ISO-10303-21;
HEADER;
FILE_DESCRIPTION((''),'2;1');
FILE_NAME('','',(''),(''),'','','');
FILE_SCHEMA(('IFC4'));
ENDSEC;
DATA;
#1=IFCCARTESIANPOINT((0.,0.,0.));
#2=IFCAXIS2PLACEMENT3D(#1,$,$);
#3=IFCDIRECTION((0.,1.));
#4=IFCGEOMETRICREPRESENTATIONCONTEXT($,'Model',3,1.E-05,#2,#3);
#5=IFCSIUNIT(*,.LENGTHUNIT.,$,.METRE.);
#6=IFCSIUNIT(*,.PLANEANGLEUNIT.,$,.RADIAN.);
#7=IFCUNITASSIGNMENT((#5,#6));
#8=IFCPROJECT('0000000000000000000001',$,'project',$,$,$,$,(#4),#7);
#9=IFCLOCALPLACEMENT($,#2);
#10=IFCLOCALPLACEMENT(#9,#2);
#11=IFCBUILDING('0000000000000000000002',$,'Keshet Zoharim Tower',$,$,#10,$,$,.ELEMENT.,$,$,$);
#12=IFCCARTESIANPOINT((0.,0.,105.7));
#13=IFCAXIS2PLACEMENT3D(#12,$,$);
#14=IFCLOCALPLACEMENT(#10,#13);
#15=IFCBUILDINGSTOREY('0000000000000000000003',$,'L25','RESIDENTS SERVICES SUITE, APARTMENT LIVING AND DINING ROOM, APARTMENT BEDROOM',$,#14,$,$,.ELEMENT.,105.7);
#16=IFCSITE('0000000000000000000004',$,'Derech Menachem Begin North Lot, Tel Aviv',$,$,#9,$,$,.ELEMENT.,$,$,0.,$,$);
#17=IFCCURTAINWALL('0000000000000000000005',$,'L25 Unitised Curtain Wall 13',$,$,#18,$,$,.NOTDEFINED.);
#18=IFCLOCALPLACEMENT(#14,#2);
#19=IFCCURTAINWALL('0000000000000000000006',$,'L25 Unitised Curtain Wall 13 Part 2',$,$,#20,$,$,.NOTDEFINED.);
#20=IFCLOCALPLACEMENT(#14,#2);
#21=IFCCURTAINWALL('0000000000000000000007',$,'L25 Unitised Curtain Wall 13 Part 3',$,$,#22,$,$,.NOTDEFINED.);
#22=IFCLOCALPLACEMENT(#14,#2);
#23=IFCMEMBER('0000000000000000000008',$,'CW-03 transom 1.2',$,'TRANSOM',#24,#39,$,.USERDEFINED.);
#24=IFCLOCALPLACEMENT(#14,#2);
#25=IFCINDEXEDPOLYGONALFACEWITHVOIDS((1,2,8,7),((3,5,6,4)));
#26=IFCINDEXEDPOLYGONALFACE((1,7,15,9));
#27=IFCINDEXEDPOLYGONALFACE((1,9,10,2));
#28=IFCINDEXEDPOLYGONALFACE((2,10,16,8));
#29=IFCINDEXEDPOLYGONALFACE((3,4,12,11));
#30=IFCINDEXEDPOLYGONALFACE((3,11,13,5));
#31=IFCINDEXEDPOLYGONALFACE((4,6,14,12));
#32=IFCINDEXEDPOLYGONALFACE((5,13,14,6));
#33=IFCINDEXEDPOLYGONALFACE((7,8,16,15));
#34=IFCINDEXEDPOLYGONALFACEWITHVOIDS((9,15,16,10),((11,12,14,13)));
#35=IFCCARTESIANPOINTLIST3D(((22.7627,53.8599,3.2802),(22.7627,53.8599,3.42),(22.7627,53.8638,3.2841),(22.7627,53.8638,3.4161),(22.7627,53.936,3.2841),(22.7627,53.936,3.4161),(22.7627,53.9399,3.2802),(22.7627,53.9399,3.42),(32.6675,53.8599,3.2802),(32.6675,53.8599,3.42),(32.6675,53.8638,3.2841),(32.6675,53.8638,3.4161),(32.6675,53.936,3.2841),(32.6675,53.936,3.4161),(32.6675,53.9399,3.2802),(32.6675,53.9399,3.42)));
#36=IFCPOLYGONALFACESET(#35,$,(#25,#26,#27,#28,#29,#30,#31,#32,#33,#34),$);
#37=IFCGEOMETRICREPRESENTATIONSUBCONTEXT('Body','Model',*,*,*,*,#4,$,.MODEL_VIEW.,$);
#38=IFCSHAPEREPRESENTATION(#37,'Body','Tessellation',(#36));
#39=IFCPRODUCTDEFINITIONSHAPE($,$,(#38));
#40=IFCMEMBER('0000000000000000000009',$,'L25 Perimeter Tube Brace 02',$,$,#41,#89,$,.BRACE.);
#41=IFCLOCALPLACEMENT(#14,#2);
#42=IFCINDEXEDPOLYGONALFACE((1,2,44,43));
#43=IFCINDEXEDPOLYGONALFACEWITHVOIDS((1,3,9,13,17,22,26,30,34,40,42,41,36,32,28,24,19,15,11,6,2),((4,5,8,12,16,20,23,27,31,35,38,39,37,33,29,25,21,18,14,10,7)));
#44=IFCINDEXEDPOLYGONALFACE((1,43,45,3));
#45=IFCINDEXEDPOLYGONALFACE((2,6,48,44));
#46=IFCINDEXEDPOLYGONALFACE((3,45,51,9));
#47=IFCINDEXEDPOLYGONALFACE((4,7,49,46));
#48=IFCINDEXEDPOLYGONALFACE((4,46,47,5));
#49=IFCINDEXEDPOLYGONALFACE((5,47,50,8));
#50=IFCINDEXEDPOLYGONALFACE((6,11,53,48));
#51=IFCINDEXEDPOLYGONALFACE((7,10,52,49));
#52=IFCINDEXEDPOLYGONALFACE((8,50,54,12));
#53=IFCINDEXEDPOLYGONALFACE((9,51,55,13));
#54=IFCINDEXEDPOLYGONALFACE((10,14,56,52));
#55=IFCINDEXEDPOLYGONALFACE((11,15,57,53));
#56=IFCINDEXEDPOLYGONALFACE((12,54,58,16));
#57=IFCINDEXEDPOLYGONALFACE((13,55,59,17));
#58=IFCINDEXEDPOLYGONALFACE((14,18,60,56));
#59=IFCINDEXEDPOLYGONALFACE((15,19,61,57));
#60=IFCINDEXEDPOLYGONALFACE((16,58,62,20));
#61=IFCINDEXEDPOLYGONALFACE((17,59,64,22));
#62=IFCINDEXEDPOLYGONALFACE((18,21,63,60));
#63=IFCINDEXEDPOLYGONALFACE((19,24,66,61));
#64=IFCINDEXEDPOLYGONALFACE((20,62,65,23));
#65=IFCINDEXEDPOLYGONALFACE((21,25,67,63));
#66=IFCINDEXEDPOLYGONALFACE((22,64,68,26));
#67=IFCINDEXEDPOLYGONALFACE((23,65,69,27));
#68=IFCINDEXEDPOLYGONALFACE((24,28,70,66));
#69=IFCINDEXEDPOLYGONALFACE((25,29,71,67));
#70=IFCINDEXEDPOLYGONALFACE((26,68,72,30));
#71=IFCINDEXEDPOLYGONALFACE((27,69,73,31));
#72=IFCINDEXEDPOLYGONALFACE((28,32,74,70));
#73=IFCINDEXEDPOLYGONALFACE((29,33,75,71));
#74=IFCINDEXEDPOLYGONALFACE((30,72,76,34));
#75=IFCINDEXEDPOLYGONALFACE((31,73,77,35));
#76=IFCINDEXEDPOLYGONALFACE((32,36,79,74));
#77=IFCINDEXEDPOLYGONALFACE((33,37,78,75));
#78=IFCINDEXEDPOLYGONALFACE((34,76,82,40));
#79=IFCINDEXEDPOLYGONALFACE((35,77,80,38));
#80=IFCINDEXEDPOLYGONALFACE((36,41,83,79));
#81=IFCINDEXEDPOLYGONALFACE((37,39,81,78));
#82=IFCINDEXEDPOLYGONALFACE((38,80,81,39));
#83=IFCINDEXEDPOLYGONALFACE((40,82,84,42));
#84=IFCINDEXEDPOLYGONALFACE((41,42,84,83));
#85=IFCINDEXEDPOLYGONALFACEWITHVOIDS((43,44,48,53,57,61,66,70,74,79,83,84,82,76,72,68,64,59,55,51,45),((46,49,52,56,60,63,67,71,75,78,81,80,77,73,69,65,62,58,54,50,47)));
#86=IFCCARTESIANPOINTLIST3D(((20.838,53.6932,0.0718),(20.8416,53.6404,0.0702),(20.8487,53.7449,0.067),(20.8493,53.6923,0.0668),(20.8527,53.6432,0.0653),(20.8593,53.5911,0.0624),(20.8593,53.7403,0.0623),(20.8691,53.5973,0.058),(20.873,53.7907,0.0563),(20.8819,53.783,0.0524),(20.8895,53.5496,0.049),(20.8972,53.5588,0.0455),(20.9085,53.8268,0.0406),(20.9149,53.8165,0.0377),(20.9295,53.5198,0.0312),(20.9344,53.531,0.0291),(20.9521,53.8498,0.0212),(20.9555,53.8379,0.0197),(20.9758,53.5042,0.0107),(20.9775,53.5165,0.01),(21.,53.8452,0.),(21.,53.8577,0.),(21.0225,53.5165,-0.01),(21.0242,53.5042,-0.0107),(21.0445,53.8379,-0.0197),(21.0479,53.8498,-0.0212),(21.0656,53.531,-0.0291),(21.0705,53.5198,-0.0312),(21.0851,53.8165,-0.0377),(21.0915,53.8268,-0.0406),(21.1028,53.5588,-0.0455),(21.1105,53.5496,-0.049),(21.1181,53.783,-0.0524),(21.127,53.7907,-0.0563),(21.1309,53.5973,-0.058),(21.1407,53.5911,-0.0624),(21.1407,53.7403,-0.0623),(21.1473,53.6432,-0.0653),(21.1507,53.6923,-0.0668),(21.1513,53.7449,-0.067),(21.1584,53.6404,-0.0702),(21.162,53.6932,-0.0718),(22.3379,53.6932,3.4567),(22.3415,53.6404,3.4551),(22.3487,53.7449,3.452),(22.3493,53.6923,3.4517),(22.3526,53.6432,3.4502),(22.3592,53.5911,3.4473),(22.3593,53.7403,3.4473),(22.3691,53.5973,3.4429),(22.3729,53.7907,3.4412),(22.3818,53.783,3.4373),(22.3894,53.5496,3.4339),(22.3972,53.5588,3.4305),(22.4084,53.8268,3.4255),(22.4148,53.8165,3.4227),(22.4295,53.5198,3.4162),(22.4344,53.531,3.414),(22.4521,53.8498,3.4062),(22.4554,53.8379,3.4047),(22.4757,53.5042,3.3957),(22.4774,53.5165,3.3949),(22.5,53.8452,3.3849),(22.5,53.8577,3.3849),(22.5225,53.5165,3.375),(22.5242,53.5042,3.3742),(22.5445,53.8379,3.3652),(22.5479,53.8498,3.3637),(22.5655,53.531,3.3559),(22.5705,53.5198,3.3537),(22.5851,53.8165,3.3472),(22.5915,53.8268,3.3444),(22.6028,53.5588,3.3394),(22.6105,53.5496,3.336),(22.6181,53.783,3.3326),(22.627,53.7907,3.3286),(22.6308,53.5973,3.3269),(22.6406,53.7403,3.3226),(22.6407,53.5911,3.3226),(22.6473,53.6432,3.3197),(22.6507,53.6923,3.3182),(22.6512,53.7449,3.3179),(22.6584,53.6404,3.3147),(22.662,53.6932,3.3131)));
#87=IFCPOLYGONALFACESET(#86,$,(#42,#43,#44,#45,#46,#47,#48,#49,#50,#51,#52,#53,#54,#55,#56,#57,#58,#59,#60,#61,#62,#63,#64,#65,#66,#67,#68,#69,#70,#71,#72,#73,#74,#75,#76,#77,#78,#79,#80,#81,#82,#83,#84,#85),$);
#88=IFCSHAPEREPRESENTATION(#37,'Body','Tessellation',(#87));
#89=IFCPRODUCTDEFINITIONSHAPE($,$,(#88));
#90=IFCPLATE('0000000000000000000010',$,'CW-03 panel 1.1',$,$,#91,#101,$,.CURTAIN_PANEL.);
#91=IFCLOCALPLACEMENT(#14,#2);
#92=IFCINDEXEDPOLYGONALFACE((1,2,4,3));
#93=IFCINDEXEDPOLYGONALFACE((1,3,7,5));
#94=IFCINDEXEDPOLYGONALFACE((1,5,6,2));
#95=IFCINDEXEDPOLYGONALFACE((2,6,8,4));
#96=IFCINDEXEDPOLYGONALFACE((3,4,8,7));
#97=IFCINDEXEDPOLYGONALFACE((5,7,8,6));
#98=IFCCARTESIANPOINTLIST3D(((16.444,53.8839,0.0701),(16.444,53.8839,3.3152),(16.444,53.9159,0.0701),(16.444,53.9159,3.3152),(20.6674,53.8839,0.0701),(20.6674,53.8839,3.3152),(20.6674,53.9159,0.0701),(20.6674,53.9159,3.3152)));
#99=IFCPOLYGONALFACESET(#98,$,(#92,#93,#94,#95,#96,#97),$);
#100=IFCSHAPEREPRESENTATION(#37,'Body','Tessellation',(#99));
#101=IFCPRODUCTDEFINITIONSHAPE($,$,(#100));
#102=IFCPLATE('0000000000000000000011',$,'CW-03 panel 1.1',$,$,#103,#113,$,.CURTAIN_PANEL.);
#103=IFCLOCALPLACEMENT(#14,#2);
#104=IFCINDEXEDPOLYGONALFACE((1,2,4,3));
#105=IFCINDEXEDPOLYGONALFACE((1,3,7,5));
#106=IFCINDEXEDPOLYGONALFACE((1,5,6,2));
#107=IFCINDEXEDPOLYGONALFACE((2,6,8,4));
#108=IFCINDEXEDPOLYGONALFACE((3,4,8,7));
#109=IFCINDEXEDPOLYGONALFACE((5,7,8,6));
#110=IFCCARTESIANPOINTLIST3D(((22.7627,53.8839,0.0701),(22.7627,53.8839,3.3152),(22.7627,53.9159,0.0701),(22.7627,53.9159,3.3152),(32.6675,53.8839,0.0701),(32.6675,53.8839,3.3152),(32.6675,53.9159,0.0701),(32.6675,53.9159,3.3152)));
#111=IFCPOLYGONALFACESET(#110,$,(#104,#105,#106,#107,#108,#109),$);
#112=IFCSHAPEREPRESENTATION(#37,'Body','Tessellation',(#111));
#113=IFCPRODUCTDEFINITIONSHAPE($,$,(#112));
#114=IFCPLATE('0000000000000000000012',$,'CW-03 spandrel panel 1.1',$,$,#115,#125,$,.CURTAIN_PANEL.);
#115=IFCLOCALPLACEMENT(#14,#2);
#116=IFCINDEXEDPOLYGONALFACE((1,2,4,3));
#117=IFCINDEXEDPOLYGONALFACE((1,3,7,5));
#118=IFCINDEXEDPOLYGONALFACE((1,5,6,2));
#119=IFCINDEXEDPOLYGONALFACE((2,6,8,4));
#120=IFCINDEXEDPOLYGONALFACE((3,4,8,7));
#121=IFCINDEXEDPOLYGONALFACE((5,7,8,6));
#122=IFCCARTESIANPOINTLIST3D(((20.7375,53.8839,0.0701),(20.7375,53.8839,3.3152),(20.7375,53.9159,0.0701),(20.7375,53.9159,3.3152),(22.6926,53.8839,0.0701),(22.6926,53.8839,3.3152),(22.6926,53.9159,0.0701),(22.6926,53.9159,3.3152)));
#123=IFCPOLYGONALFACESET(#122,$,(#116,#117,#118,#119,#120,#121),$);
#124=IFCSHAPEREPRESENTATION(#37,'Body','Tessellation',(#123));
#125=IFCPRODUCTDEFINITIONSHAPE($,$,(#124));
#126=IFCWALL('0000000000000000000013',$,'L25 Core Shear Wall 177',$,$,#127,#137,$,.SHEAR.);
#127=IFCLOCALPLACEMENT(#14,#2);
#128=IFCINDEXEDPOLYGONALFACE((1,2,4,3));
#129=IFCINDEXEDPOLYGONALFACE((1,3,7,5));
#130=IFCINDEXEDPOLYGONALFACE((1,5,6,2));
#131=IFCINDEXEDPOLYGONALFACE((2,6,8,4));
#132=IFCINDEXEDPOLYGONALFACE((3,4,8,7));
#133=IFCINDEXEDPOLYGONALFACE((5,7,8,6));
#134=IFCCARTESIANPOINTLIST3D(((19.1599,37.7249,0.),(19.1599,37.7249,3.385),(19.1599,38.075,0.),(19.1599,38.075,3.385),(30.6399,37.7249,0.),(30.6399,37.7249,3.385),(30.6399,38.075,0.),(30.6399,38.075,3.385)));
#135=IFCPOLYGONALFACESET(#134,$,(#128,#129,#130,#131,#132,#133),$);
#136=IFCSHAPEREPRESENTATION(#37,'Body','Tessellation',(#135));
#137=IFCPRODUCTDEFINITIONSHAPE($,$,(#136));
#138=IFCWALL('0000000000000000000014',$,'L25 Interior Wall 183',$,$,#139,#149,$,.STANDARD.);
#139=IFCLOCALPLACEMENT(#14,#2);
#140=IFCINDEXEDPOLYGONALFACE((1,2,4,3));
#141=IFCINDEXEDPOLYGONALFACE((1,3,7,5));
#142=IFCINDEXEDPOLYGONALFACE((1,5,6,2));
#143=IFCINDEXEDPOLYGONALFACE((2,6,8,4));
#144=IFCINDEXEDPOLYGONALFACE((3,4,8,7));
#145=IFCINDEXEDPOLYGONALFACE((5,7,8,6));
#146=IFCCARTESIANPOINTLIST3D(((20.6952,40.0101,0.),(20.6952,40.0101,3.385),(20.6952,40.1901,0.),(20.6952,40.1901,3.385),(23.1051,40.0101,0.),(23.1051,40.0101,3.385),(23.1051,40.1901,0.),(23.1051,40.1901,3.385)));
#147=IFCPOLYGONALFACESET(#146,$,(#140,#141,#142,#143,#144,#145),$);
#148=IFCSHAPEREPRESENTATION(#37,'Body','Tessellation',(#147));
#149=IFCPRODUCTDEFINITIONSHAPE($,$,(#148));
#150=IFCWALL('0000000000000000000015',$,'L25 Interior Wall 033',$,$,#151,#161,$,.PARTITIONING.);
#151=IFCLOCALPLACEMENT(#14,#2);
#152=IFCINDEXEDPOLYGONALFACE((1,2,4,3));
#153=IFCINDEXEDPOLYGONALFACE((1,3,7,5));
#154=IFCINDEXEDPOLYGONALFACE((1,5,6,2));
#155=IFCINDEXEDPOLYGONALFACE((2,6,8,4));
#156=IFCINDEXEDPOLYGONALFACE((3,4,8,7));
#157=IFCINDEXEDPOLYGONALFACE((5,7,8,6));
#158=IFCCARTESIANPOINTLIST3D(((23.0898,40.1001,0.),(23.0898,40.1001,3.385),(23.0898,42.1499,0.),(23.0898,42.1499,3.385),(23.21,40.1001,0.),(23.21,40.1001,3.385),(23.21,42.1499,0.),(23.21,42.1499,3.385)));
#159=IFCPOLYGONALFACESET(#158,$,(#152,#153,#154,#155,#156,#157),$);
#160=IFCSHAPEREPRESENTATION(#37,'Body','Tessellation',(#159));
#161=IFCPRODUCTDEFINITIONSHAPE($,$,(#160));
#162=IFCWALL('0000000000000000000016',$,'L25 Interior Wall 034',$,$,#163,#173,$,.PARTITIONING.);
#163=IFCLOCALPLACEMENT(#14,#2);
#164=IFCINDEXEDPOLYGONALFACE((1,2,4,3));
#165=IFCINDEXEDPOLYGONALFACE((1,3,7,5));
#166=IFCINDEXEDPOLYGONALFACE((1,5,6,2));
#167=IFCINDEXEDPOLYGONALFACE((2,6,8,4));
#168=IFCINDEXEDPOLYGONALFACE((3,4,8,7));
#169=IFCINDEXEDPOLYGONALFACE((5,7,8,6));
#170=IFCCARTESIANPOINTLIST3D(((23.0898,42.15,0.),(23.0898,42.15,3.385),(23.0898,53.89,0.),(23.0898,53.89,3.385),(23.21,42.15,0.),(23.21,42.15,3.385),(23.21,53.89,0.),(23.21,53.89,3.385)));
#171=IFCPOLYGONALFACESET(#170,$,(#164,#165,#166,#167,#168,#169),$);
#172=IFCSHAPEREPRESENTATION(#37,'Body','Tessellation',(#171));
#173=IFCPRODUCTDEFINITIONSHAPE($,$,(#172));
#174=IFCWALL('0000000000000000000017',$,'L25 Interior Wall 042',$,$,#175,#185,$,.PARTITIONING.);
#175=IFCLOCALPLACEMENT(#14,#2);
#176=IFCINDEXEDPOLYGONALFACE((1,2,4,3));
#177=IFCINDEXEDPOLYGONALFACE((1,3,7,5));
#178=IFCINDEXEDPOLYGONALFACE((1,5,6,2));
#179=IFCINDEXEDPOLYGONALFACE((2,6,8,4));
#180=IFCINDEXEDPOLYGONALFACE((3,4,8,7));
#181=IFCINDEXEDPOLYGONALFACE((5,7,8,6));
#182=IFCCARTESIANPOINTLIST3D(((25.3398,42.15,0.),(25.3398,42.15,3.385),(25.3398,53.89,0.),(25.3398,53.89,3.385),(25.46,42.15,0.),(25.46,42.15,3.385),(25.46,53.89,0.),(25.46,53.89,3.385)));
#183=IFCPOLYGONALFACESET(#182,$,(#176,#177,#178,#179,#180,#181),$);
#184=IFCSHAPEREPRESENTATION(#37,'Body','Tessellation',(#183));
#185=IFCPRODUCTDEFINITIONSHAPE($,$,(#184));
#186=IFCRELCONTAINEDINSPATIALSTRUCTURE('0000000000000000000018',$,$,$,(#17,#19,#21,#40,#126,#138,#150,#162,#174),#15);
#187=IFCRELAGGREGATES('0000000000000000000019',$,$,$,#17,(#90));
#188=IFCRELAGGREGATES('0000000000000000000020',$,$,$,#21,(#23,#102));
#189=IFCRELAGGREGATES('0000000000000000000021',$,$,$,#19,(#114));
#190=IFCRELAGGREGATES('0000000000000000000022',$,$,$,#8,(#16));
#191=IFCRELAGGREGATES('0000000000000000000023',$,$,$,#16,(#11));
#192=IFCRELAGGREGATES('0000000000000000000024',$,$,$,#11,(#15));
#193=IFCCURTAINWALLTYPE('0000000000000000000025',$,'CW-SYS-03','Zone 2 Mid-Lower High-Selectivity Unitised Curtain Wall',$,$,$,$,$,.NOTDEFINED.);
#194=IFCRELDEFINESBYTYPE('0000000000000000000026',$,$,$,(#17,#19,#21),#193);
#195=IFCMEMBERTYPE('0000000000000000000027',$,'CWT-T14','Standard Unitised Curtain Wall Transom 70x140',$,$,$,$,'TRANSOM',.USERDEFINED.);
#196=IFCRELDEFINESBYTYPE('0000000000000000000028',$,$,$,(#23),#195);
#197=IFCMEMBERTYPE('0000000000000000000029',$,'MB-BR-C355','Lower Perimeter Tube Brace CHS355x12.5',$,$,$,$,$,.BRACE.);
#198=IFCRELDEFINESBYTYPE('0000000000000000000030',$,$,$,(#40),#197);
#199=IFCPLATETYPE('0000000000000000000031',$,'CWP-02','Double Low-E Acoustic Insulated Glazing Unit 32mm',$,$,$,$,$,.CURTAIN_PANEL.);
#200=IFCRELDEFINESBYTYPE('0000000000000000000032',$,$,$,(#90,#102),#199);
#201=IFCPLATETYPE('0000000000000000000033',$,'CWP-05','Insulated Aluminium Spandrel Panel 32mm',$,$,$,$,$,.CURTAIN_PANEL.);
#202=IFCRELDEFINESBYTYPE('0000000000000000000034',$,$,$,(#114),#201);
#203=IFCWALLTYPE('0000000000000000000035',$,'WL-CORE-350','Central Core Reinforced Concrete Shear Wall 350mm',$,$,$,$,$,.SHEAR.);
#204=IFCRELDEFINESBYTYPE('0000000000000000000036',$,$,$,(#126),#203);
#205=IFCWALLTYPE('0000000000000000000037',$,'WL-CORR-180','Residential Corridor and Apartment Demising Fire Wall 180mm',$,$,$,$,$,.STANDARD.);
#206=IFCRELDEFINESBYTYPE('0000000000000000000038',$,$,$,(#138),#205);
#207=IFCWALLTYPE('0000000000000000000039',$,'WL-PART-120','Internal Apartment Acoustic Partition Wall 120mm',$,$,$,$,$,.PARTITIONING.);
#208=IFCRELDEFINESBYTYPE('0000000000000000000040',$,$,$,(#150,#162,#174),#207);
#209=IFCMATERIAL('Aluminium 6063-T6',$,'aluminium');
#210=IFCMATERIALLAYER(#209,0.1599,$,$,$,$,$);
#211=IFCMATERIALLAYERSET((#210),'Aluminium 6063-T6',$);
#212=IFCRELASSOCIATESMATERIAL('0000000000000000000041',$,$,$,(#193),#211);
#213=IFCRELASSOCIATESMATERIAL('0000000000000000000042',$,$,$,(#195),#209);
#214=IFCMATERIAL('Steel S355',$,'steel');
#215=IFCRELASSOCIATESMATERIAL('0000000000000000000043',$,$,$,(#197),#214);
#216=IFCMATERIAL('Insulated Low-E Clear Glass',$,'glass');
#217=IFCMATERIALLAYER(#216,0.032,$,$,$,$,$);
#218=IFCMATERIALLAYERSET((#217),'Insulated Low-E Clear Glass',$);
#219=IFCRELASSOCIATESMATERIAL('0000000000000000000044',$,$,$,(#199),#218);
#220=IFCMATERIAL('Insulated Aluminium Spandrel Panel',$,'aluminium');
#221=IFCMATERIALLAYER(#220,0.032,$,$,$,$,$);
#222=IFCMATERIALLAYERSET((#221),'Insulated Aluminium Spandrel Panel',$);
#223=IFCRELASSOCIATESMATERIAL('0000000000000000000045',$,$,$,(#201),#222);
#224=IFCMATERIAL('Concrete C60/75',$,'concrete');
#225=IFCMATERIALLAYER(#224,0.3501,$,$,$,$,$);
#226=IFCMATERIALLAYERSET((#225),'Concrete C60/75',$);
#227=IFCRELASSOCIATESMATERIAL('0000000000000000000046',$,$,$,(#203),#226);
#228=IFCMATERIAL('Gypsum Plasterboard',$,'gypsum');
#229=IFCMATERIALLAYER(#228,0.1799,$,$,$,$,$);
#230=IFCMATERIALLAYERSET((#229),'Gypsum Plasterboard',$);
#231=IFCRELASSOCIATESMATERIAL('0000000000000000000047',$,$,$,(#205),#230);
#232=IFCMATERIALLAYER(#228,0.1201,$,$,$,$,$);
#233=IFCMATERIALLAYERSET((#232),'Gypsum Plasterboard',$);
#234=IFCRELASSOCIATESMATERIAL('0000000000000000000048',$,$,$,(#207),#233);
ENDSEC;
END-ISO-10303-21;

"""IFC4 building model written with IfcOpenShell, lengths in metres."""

from ifc_helpers import new_model, si_unit, direction, frame, frame_2d, origin, origin_2d, place, context, subcontext, project, spatial, rectangle, hollow_rectangle, hollow_circle, extrude, material, layer, layer_set, material_profile, profile_set, type_object, element, aggregate, save


model = new_model("IFC4")

# Units and contexts
model_context = context("Model", 3, precision=1e-05, world=origin(), true_north=direction((0.0, 1.0)))
body_context = subcontext(model_context, "Body", "Model", "MODEL_VIEW")
ifc_project = project(units=[si_unit("LENGTHUNIT", "METRE"), si_unit("PLANEANGLEUNIT", "RADIAN")], contexts=[model_context])

# Site, building, storey
site_placement = place(None, origin())
site = spatial("IfcSite", under=ifc_project, at=site_placement, Name="Derech Menachem Begin North Lot, Tel Aviv", CompositionType="ELEMENT", RefElevation=0.0)
building_placement = place(site_placement, origin())
building = spatial("IfcBuilding", under=site, at=building_placement, Name="Keshet Zoharim Tower", CompositionType="ELEMENT")
storey_placement = place(building_placement, frame((0.0, 0.0, 105.7)))
storey = spatial("IfcBuildingStorey", under=building, at=storey_placement, Name="L25", Description="RESIDENTS SERVICES SUITE, APARTMENT LIVING AND DINING ROOM, APARTMENT BEDROOM", CompositionType="ELEMENT", Elevation=105.7)

# Shared definitions
ifc_material_1 = material(Name="Steel S355", Category="steel")

# Curtain wall
ifc_material_2 = material(Name="Aluminium 6063-T6", Category="aluminium")
ifc_layer_1 = layer(ifc_material_2, 0.1599)
ifc_layer_set_1 = layer_set([ifc_layer_1], Name="Aluminium 6063-T6")
curtain_wall_type = type_object("IfcCurtainWallType", Name="CW-SYS-03", Description="Zone 2 Mid-Lower High-Selectivity Unitised Curtain Wall", PredefinedType="NOTDEFINED", material=ifc_layer_set_1)
curtain_wall_1_placement = place(storey_placement, origin())
curtain_wall_1 = element("IfcCurtainWall", 1, at=curtain_wall_1_placement, inside=storey, type_object=curtain_wall_type, Name="L25 Unitised Curtain Wall 13", PredefinedType="NOTDEFINED")

# Curtain walls, member
curtain_wall_2_placement = place(storey_placement, origin())
curtain_wall_2 = element("IfcCurtainWall", 2, at=curtain_wall_2_placement, inside=storey, type_object=curtain_wall_type, Name="L25 Unitised Curtain Wall 13 Part 2", PredefinedType="NOTDEFINED")
ifc_material_profile_1 = material_profile(ifc_material_2, hollow_rectangle(XDim=0.0801, YDim=0.1399, WallThickness=0.0039, at=origin_2d()), Name="TRN-80x140")
ifc_profile_set_1 = profile_set([ifc_material_profile_1], Name="Aluminium 6063-T6")
member_type_1 = type_object("IfcMemberType", Name="CWT-T14", Description="Standard Unitised Curtain Wall Transom 70x140", ElementType="TRANSOM", PredefinedType="USERDEFINED", material=ifc_profile_set_1)
curtain_wall_3_placement = place(storey_placement, origin())
curtain_wall_3 = element("IfcCurtainWall", 3, at=curtain_wall_3_placement, inside=storey, type_object=curtain_wall_type, Name="L25 Unitised Curtain Wall 13 Part 3", PredefinedType="NOTDEFINED")
member_1_placement = place(storey_placement, frame((22.7627, 53.8999, 3.3501), z_axis=(1.0, 0.0, 0.0), x_axis=(0.0, 1.0, 0.0)))
member_1 = element("IfcMember", 4, at=member_1_placement, type_object=member_type_1, Name="CW-03 transom 1.2", ObjectType="TRANSOM", PredefinedType="USERDEFINED", context=body_context, shape_type="SweptSolid", body=[
    extrude(hollow_rectangle(XDim=0.0801, YDim=0.1399, WallThickness=0.0039, at=origin_2d()), origin(), (0.0, 0.0, 1.0), 9.9048),
])

# Member
ifc_material_profile_2 = material_profile(ifc_material_1, hollow_circle(Radius=0.1777, WallThickness=0.0125, at=origin_2d()), Name="CHS355x12.5")
ifc_profile_set_2 = profile_set([ifc_material_profile_2], Name="Steel S355")
member_type_2 = type_object("IfcMemberType", Name="MB-BR-C355", Description="Lower Perimeter Tube Brace CHS355x12.5", PredefinedType="BRACE", material=ifc_profile_set_2)
member_2_placement = place(storey_placement, frame((21.0, 53.6799, 0.0), z_axis=(0.405135, 0.0, 0.914257), x_axis=(0.0, 1.0, 0.0)))
element("IfcMember", 5, at=member_2_placement, inside=storey, type_object=member_type_2, Name="L25 Perimeter Tube Brace 02", PredefinedType="BRACE", context=body_context, shape_type="SweptSolid", body=[
    extrude(hollow_circle(Radius=0.1777, WallThickness=0.0125, at=origin_2d()), origin(), (0.0, 0.0, 1.0), 3.7024),
])

# Plates
ifc_material_3 = material(Name="Insulated Low-E Clear Glass", Category="glass")
ifc_layer_2 = layer(ifc_material_3, 0.032)
ifc_layer_set_2 = layer_set([ifc_layer_2], Name="Insulated Low-E Clear Glass")
plate_type_1 = type_object("IfcPlateType", Name="CWP-02", Description="Double Low-E Acoustic Insulated Glazing Unit 32mm", PredefinedType="CURTAIN_PANEL", material=ifc_layer_set_2)
plate_1_placement = place(storey_placement, frame((18.5557, 53.8999, 0.0701), z_axis=(0.0, 0.0, 1.0), x_axis=(1.0, 0.0, 0.0)))
plate_1 = element("IfcPlate", 6, at=plate_1_placement, type_object=plate_type_1, Name="CW-03 panel 1.1", PredefinedType="CURTAIN_PANEL", context=body_context, shape_type="SweptSolid", body=[
    extrude(rectangle(XDim=4.2234, YDim=0.032, at=origin_2d()), origin(), (0.0, 0.0, 1.0), 3.2451),
])
aggregate(curtain_wall_1, [plate_1])
plate_2_placement = place(storey_placement, frame((27.7151, 53.8999, 0.0701), z_axis=(0.0, 0.0, 1.0), x_axis=(1.0, 0.0, 0.0)))
plate_2 = element("IfcPlate", 7, at=plate_2_placement, type_object=plate_type_1, Name="CW-03 panel 1.1", PredefinedType="CURTAIN_PANEL", context=body_context, shape_type="SweptSolid", body=[
    extrude(rectangle(XDim=9.9048, YDim=0.032, at=origin_2d()), origin(), (0.0, 0.0, 1.0), 3.2451),
])
aggregate(curtain_wall_3, [member_1, plate_2])
ifc_material_4 = material(Name="Insulated Aluminium Spandrel Panel", Category="aluminium")
ifc_layer_3 = layer(ifc_material_4, 0.032)
ifc_layer_set_3 = layer_set([ifc_layer_3], Name="Insulated Aluminium Spandrel Panel")
plate_type_2 = type_object("IfcPlateType", Name="CWP-05", Description="Insulated Aluminium Spandrel Panel 32mm", PredefinedType="CURTAIN_PANEL", material=ifc_layer_set_3)
plate_3_placement = place(storey_placement, frame((21.7151, 53.8999, 0.0701), z_axis=(0.0, 0.0, 1.0), x_axis=(1.0, 0.0, 0.0)))
plate_3 = element("IfcPlate", 8, at=plate_3_placement, type_object=plate_type_2, Name="CW-03 spandrel panel 1.1", PredefinedType="CURTAIN_PANEL", context=body_context, shape_type="SweptSolid", body=[
    extrude(rectangle(XDim=1.9551, YDim=0.032, at=origin_2d()), origin(), (0.0, 0.0, 1.0), 3.2451),
])
aggregate(curtain_wall_2, [plate_3])

# Walls
ifc_material_5 = material(Name="Concrete C60/75", Category="concrete")
ifc_layer_4 = layer(ifc_material_5, 0.3501)
ifc_layer_set_4 = layer_set([ifc_layer_4], Name="Concrete C60/75")
wall_type_1 = type_object("IfcWallType", Name="WL-CORE-350", Description="Central Core Reinforced Concrete Shear Wall 350mm", PredefinedType="SHEAR", material=ifc_layer_set_4)
wall_1_placement = place(storey_placement, frame((19.1599, 37.8999, 0.0), z_axis=(0.0, 0.0, 1.0), x_axis=(1.0, 0.0, 0.0)))
element("IfcWall", 9, at=wall_1_placement, inside=storey, type_object=wall_type_1, Name="L25 Core Shear Wall 177", PredefinedType="SHEAR", context=body_context, shape_type="SweptSolid", body=[
    extrude(rectangle(XDim=11.48, YDim=0.3501, at=frame_2d((5.74, 0.0))), origin(), (0.0, 0.0, 1.0), 3.385),
])
ifc_material_6 = material(Name="Gypsum Plasterboard", Category="gypsum")
ifc_layer_5 = layer(ifc_material_6, 0.1799)
ifc_layer_set_5 = layer_set([ifc_layer_5], Name="Gypsum Plasterboard")
wall_type_2 = type_object("IfcWallType", Name="WL-CORR-180", Description="Residential Corridor and Apartment Demising Fire Wall 180mm", PredefinedType="STANDARD", material=ifc_layer_set_5)
wall_2_placement = place(storey_placement, frame((20.6951, 40.1001, 0.0), z_axis=(0.0, 0.0, 1.0), x_axis=(1.0, 0.0, 0.0)))
element("IfcWall", 10, at=wall_2_placement, inside=storey, type_object=wall_type_2, Name="L25 Interior Wall 183", PredefinedType="STANDARD", context=body_context, shape_type="SweptSolid", body=[
    extrude(rectangle(XDim=2.4099, YDim=0.1799, at=frame_2d((1.2051, 0.0))), origin(), (0.0, 0.0, 1.0), 3.385),
])

# Shared definitions
ifc_layer_6 = layer(ifc_material_6, 0.1201)
ifc_layer_set_6 = layer_set([ifc_layer_6], Name="Gypsum Plasterboard")
wall_type_3 = type_object("IfcWallType", Name="WL-PART-120", Description="Internal Apartment Acoustic Partition Wall 120mm", PredefinedType="PARTITIONING", material=ifc_layer_set_6)

# Walls
wall_3_placement = place(storey_placement, frame((23.1499, 40.1001, 0.0), z_axis=(0.0, 0.0, 1.0), x_axis=(0.0, 1.0, 0.0)))
element("IfcWall", 11, at=wall_3_placement, inside=storey, type_object=wall_type_3, Name="L25 Interior Wall 033", PredefinedType="PARTITIONING", context=body_context, shape_type="SweptSolid", body=[
    extrude(rectangle(XDim=2.0498, YDim=0.1201, at=frame_2d((1.0249, 0.0))), origin(), (0.0, 0.0, 1.0), 3.385),
])
for number, where, z_axis, x_axis, name in (
    (12, (23.1499, 42.1499, 0.0), (0.0, 0.0, 1.0), (0.0, 1.0, 0.0), "L25 Interior Wall 034"),
    (13, (25.3999, 42.1499, 0.0), (0.0, 0.0, 1.0), (0.0, 1.0, 0.0), "L25 Interior Wall 042"),
):
    element("IfcWall", number, at=place(storey_placement, frame(where, z_axis=z_axis, x_axis=x_axis)), inside=storey, type_object=wall_type_3, Name=name, PredefinedType="PARTITIONING", context=body_context, shape_type="SweptSolid", body=[
        extrude(rectangle(XDim=11.74, YDim=0.1201, at=frame_2d((5.8701, 0.0))), origin(), (0.0, 0.0, 1.0), 3.385),
    ])

save(model, "model.ifc")
